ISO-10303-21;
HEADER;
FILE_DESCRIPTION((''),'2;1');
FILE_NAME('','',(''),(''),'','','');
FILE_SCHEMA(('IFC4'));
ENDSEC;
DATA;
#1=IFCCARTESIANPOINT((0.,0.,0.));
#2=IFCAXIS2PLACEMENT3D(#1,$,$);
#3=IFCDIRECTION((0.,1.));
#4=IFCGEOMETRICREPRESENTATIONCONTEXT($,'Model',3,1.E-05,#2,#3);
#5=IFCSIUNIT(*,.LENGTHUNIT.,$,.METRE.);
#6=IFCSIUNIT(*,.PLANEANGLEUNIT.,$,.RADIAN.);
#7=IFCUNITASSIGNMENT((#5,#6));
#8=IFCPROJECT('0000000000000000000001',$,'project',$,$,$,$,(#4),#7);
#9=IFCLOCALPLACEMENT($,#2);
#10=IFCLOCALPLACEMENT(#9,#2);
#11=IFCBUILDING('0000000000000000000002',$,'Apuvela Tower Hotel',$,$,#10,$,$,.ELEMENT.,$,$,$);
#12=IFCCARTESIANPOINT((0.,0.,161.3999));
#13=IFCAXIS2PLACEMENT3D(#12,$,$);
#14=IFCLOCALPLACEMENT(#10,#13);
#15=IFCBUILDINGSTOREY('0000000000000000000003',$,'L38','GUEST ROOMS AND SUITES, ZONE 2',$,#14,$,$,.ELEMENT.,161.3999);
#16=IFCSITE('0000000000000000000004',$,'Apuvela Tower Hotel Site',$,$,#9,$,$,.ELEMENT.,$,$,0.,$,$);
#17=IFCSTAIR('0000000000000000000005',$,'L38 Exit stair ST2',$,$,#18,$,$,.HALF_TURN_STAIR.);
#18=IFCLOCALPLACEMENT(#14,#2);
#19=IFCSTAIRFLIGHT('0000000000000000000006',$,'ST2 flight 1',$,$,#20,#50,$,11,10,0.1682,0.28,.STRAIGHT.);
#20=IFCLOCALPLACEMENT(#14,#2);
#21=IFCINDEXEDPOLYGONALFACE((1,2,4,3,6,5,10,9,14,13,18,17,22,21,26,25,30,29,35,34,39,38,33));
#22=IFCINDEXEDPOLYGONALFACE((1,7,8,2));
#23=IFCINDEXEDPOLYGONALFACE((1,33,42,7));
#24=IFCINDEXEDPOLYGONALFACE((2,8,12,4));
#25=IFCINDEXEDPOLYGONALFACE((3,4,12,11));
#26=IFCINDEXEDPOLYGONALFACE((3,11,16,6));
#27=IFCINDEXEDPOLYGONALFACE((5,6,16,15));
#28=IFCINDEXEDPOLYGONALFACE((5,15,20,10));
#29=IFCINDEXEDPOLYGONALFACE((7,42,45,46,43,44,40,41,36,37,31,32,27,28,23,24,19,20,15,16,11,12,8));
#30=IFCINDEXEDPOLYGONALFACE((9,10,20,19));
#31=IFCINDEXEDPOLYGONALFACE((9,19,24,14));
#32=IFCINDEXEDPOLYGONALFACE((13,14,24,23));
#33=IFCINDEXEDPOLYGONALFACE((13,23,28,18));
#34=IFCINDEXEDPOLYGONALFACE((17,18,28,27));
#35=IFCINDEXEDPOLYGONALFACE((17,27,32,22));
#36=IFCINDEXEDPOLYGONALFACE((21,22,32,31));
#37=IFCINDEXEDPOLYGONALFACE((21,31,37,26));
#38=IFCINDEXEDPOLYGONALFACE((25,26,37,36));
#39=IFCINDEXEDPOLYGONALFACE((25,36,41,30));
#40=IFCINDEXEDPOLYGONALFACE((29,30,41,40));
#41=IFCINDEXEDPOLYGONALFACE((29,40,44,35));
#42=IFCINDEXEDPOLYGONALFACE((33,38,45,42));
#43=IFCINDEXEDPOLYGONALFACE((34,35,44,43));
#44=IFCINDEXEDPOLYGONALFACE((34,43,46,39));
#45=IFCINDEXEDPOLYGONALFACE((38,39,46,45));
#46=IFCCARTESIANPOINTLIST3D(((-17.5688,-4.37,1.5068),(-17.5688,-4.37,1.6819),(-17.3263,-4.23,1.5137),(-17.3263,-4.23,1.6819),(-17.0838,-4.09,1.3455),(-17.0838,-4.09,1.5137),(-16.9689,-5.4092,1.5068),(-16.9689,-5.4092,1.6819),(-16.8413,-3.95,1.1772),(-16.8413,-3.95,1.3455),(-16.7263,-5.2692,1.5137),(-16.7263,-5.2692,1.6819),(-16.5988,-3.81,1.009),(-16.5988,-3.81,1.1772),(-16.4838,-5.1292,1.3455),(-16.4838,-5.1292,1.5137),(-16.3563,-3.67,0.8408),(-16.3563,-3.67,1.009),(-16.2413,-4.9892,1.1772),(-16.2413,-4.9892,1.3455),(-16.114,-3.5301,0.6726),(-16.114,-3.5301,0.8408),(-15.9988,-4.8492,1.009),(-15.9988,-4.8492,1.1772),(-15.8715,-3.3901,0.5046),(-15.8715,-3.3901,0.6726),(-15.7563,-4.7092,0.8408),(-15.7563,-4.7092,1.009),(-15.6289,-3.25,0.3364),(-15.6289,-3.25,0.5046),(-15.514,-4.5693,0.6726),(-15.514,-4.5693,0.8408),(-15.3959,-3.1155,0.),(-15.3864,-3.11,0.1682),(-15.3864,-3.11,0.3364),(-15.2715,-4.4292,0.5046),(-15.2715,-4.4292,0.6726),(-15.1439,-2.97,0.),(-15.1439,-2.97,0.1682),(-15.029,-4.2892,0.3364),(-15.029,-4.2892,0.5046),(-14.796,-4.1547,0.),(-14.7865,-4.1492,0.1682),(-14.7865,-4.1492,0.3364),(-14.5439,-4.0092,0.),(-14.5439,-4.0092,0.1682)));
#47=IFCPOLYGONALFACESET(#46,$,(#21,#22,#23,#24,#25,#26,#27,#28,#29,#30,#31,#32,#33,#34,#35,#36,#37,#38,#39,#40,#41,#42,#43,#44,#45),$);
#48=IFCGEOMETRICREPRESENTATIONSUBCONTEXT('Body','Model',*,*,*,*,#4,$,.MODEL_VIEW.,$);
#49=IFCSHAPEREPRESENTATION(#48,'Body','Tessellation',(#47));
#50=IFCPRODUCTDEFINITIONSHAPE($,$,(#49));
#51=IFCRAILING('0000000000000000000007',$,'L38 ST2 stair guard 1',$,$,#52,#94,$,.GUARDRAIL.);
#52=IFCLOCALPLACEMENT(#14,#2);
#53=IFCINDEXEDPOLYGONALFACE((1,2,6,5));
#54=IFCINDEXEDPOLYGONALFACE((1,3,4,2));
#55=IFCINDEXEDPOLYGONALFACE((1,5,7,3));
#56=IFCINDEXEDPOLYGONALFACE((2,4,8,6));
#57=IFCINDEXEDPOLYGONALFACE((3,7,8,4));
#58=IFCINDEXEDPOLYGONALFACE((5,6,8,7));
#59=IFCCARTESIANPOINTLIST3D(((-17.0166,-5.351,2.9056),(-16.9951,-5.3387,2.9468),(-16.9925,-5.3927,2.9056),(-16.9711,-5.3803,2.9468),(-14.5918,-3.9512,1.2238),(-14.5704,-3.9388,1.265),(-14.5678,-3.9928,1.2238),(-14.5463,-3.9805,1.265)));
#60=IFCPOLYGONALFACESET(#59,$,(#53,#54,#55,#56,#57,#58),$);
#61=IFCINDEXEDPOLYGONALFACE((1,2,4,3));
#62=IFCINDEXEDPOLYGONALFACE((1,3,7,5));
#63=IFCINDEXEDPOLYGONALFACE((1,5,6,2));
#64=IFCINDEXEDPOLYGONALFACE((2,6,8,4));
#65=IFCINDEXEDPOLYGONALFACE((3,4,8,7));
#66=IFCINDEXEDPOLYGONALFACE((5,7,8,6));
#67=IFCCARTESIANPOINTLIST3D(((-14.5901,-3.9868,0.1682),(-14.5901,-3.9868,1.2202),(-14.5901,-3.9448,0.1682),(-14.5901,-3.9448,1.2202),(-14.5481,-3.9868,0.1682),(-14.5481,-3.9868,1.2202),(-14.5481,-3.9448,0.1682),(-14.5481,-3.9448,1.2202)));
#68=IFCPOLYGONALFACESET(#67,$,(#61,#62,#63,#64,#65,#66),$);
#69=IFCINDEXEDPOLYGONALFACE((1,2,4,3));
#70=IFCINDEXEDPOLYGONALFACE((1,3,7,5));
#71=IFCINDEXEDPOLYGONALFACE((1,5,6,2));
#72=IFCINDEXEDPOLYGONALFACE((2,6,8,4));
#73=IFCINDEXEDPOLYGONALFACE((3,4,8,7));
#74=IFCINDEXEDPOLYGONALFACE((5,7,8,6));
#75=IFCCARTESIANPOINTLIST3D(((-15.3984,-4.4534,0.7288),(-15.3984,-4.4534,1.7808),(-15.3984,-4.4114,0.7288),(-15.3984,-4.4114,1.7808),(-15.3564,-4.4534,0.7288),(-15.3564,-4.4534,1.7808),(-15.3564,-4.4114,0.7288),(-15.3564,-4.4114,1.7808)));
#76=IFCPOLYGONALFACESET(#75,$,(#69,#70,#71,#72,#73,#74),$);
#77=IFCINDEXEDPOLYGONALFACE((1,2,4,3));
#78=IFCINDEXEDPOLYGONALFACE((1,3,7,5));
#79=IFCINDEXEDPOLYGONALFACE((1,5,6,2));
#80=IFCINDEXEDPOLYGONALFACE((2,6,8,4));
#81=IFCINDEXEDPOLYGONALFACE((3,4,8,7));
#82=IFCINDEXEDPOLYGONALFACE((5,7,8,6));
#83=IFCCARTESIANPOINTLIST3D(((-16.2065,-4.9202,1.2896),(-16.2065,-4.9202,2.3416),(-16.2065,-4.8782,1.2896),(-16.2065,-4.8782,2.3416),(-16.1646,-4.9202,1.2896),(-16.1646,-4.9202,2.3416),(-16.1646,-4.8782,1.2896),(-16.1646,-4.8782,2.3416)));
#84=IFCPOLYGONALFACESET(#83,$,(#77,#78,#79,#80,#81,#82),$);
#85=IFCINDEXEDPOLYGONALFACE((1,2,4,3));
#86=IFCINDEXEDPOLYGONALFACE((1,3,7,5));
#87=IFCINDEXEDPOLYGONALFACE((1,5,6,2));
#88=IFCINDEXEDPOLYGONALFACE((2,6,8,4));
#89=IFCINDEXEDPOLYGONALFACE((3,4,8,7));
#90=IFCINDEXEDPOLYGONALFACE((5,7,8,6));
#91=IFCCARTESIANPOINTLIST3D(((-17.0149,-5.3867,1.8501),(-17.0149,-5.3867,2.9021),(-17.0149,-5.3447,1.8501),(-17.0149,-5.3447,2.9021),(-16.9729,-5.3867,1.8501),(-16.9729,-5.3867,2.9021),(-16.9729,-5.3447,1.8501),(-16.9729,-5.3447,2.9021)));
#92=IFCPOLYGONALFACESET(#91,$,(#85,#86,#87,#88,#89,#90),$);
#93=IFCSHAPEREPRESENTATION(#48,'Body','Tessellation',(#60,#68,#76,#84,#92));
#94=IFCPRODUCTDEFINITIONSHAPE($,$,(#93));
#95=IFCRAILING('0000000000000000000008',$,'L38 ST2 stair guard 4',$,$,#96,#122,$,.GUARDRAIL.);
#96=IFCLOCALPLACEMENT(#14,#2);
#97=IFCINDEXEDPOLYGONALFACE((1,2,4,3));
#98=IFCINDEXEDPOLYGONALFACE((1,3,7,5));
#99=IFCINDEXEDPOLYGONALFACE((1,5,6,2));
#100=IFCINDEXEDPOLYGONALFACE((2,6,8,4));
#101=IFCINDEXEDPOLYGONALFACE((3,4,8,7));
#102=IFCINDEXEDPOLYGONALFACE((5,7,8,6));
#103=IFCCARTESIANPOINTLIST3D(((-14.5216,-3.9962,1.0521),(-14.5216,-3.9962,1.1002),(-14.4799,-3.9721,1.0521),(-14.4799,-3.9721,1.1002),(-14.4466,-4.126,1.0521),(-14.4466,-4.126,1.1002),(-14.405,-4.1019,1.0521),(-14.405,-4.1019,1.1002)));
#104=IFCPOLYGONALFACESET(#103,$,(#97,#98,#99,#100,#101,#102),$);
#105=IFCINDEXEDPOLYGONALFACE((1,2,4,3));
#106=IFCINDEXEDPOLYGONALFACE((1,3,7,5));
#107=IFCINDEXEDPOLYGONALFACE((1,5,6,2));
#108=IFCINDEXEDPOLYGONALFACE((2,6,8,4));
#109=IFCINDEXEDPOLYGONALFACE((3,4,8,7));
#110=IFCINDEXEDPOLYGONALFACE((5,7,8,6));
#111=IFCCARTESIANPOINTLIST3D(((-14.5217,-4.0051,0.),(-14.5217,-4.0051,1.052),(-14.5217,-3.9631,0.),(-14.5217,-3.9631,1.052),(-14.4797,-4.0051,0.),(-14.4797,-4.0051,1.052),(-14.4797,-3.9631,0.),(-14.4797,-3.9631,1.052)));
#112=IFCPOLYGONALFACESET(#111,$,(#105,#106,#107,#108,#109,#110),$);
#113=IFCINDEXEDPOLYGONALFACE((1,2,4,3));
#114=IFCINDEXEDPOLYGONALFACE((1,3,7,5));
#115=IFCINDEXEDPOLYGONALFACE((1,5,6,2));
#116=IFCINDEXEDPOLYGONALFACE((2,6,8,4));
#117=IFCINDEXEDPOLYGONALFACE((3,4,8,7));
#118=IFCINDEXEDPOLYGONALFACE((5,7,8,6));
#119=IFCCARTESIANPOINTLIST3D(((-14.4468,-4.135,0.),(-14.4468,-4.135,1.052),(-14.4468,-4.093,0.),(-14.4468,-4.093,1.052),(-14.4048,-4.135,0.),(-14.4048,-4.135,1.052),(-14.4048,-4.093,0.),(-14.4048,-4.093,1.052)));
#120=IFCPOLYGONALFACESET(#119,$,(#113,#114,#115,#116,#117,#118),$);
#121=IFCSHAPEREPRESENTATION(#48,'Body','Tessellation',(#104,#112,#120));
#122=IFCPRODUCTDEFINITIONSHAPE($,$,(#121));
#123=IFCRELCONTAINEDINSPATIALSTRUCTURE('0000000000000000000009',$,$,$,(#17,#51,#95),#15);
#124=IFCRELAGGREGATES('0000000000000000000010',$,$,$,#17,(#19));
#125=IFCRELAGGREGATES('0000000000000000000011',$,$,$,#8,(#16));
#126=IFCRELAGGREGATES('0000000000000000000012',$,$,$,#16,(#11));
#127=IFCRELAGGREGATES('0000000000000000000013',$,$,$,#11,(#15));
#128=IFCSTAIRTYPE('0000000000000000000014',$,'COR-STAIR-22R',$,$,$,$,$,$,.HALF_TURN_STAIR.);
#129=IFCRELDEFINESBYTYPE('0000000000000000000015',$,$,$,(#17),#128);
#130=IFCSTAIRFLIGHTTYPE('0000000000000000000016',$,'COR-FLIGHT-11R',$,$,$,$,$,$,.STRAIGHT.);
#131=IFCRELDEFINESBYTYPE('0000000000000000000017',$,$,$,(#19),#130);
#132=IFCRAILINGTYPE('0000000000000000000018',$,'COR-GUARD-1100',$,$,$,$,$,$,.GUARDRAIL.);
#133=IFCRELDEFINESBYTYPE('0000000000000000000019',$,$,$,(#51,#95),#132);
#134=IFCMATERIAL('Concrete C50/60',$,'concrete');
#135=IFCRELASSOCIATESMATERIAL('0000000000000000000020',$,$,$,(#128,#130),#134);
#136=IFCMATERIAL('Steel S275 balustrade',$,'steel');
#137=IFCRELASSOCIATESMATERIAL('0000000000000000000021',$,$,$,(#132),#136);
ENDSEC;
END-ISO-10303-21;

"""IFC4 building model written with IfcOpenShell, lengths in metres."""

from ifc_helpers import new_model, si_unit, direction, frame, origin, origin_2d, place, context, subcontext, project, spatial, polyline, rectangle, outline, extrude, material, type_object, element, aggregate, save


model = new_model("IFC4")

# Units and contexts
model_context = context("Model", 3, precision=1e-05, world=origin(), true_north=direction((0.0, 1.0)))
body_context = subcontext(model_context, "Body", "Model", "MODEL_VIEW")
ifc_project = project(units=[si_unit("LENGTHUNIT", "METRE"), si_unit("PLANEANGLEUNIT", "RADIAN")], contexts=[model_context])

# Site, building, storey
site_placement = place(None, origin())
site = spatial("IfcSite", under=ifc_project, at=site_placement, Name="Apuvela Tower Hotel Site", CompositionType="ELEMENT", RefElevation=0.0)
building_placement = place(site_placement, origin())
building = spatial("IfcBuilding", under=site, at=building_placement, Name="Apuvela Tower Hotel", CompositionType="ELEMENT")
storey_placement = place(building_placement, frame((0.0, 0.0, 161.3999)))
storey = spatial("IfcBuildingStorey", under=building, at=storey_placement, Name="L38", Description="GUEST ROOMS AND SUITES, ZONE 2", CompositionType="ELEMENT", Elevation=161.3999)

# Shared definitions
ifc_material_1 = material(Name="Concrete C50/60", Category="concrete")

# Stair, stair flight
stair_type = type_object("IfcStairType", Name="COR-STAIR-22R", PredefinedType="HALF_TURN_STAIR", material=ifc_material_1)
stair_placement = place(storey_placement, origin())
stair = element("IfcStair", 1, at=stair_placement, inside=storey, type_object=stair_type, Name="L38 Exit stair ST2", PredefinedType="HALF_TURN_STAIR")
stair_flight_type = type_object("IfcStairFlightType", Name="COR-FLIGHT-11R", PredefinedType="STRAIGHT", material=ifc_material_1)
stair_flight_placement = place(storey_placement, frame((-14.844, -3.4895, 0.0), z_axis=(0.0, 0.0, 1.0), x_axis=(-0.866025, -0.5, 0.0)))
stair_flight = element("IfcStairFlight", 2, at=stair_flight_placement, type_object=stair_flight_type, Name="ST2 flight 1", NumberOfRisers=11, NumberOfTreads=10, PredefinedType="STRAIGHT", RiserHeight=0.1682, TreadLength=0.28, context=body_context, shape_type="SweptSolid", body=[
    extrude(outline(polyline([(0.0, 0.0), (0.0, 0.1682), (0.28, 0.1682), (0.28, 0.3364), (0.5601, 0.3364), (0.5601, 0.5046), (0.8401, 0.5046), (0.8401, 0.6726), (1.1201, 0.6726), (1.1201, 0.8408), (1.3999, 0.8408), (1.3999, 1.009), (1.6799, 1.009), (1.6799, 1.1772), (1.96, 1.1772), (1.96, 1.3455), (2.24, 1.3455), (2.24, 1.5137), (2.52, 1.5137), (2.52, 1.6819), (2.8, 1.6819), (2.8, 1.8501), (2.8, 1.5068), (0.291, 0.0), (0.0, 0.0)])), frame((0.0, 0.6001, 0.0), z_axis=(0.0, -1.0, 0.0), x_axis=(1.0, 0.0, 0.0)), (0.0, 0.0, 1.0), 1.2),
])
aggregate(stair, [stair_flight])

# Railings
ifc_material_2 = material(Name="Steel S275 balustrade", Category="steel")
railing_type = type_object("IfcRailingType", Name="COR-GUARD-1100", PredefinedType="GUARDRAIL", material=ifc_material_2)
railing_1_placement = place(storey_placement, frame((-14.5691, -3.9658, 0.1682)))
element("IfcRailing", 3, at=railing_1_placement, inside=storey, type_object=railing_type, Name="L38 ST2 stair guard 1", PredefinedType="GUARDRAIL", context=body_context, shape_type="SweptSolid", body=[
    extrude(rectangle(XDim=0.0481, YDim=0.0481, at=origin_2d()), frame((0.0, 0.0, 1.0762), z_axis=(-0.74239, -0.428601, 0.514934), x_axis=(0.499984, -0.866035, 0.0)), (0.0, 0.0, 1.0), 3.2661),
    extrude(rectangle(XDim=0.042, YDim=0.042, at=origin_2d()), origin(), (0.0, 0.0, 1.0), 1.052),
    extrude(rectangle(XDim=0.042, YDim=0.042, at=origin_2d()), frame((-0.8083, -0.4666, 0.5605)), (0.0, 0.0, 1.0), 1.052),
    extrude(rectangle(XDim=0.042, YDim=0.042, at=origin_2d()), frame((-1.6165, -0.9333, 1.1213)), (0.0, 0.0, 1.0), 1.052),
    extrude(rectangle(XDim=0.042, YDim=0.042, at=origin_2d()), frame((-2.4248, -1.3999, 1.6819)), (0.0, 0.0, 1.0), 1.052),
])
railing_2_placement = place(storey_placement, frame((-14.5007, -3.9841, 0.0)))
element("IfcRailing", 4, at=railing_2_placement, inside=storey, type_object=railing_type, Name="L38 ST2 stair guard 4", PredefinedType="GUARDRAIL", context=body_context, shape_type="SweptSolid", body=[
    extrude(rectangle(XDim=0.0481, YDim=0.0481, at=origin_2d()), frame((0.0, 0.0, 1.0762), z_axis=(0.499816, -0.866131, 0.0), x_axis=(0.866131, 0.499816, 0.0)), (0.0, 0.0, 1.0), 0.1499),
    extrude(rectangle(XDim=0.042, YDim=0.042, at=origin_2d()), origin(), (0.0, 0.0, 1.0), 1.052),
    extrude(rectangle(XDim=0.042, YDim=0.042, at=origin_2d()), frame((0.075, -0.1299, 0.0)), (0.0, 0.0, 1.0), 1.052),
])

save(model, "model.ifc")
